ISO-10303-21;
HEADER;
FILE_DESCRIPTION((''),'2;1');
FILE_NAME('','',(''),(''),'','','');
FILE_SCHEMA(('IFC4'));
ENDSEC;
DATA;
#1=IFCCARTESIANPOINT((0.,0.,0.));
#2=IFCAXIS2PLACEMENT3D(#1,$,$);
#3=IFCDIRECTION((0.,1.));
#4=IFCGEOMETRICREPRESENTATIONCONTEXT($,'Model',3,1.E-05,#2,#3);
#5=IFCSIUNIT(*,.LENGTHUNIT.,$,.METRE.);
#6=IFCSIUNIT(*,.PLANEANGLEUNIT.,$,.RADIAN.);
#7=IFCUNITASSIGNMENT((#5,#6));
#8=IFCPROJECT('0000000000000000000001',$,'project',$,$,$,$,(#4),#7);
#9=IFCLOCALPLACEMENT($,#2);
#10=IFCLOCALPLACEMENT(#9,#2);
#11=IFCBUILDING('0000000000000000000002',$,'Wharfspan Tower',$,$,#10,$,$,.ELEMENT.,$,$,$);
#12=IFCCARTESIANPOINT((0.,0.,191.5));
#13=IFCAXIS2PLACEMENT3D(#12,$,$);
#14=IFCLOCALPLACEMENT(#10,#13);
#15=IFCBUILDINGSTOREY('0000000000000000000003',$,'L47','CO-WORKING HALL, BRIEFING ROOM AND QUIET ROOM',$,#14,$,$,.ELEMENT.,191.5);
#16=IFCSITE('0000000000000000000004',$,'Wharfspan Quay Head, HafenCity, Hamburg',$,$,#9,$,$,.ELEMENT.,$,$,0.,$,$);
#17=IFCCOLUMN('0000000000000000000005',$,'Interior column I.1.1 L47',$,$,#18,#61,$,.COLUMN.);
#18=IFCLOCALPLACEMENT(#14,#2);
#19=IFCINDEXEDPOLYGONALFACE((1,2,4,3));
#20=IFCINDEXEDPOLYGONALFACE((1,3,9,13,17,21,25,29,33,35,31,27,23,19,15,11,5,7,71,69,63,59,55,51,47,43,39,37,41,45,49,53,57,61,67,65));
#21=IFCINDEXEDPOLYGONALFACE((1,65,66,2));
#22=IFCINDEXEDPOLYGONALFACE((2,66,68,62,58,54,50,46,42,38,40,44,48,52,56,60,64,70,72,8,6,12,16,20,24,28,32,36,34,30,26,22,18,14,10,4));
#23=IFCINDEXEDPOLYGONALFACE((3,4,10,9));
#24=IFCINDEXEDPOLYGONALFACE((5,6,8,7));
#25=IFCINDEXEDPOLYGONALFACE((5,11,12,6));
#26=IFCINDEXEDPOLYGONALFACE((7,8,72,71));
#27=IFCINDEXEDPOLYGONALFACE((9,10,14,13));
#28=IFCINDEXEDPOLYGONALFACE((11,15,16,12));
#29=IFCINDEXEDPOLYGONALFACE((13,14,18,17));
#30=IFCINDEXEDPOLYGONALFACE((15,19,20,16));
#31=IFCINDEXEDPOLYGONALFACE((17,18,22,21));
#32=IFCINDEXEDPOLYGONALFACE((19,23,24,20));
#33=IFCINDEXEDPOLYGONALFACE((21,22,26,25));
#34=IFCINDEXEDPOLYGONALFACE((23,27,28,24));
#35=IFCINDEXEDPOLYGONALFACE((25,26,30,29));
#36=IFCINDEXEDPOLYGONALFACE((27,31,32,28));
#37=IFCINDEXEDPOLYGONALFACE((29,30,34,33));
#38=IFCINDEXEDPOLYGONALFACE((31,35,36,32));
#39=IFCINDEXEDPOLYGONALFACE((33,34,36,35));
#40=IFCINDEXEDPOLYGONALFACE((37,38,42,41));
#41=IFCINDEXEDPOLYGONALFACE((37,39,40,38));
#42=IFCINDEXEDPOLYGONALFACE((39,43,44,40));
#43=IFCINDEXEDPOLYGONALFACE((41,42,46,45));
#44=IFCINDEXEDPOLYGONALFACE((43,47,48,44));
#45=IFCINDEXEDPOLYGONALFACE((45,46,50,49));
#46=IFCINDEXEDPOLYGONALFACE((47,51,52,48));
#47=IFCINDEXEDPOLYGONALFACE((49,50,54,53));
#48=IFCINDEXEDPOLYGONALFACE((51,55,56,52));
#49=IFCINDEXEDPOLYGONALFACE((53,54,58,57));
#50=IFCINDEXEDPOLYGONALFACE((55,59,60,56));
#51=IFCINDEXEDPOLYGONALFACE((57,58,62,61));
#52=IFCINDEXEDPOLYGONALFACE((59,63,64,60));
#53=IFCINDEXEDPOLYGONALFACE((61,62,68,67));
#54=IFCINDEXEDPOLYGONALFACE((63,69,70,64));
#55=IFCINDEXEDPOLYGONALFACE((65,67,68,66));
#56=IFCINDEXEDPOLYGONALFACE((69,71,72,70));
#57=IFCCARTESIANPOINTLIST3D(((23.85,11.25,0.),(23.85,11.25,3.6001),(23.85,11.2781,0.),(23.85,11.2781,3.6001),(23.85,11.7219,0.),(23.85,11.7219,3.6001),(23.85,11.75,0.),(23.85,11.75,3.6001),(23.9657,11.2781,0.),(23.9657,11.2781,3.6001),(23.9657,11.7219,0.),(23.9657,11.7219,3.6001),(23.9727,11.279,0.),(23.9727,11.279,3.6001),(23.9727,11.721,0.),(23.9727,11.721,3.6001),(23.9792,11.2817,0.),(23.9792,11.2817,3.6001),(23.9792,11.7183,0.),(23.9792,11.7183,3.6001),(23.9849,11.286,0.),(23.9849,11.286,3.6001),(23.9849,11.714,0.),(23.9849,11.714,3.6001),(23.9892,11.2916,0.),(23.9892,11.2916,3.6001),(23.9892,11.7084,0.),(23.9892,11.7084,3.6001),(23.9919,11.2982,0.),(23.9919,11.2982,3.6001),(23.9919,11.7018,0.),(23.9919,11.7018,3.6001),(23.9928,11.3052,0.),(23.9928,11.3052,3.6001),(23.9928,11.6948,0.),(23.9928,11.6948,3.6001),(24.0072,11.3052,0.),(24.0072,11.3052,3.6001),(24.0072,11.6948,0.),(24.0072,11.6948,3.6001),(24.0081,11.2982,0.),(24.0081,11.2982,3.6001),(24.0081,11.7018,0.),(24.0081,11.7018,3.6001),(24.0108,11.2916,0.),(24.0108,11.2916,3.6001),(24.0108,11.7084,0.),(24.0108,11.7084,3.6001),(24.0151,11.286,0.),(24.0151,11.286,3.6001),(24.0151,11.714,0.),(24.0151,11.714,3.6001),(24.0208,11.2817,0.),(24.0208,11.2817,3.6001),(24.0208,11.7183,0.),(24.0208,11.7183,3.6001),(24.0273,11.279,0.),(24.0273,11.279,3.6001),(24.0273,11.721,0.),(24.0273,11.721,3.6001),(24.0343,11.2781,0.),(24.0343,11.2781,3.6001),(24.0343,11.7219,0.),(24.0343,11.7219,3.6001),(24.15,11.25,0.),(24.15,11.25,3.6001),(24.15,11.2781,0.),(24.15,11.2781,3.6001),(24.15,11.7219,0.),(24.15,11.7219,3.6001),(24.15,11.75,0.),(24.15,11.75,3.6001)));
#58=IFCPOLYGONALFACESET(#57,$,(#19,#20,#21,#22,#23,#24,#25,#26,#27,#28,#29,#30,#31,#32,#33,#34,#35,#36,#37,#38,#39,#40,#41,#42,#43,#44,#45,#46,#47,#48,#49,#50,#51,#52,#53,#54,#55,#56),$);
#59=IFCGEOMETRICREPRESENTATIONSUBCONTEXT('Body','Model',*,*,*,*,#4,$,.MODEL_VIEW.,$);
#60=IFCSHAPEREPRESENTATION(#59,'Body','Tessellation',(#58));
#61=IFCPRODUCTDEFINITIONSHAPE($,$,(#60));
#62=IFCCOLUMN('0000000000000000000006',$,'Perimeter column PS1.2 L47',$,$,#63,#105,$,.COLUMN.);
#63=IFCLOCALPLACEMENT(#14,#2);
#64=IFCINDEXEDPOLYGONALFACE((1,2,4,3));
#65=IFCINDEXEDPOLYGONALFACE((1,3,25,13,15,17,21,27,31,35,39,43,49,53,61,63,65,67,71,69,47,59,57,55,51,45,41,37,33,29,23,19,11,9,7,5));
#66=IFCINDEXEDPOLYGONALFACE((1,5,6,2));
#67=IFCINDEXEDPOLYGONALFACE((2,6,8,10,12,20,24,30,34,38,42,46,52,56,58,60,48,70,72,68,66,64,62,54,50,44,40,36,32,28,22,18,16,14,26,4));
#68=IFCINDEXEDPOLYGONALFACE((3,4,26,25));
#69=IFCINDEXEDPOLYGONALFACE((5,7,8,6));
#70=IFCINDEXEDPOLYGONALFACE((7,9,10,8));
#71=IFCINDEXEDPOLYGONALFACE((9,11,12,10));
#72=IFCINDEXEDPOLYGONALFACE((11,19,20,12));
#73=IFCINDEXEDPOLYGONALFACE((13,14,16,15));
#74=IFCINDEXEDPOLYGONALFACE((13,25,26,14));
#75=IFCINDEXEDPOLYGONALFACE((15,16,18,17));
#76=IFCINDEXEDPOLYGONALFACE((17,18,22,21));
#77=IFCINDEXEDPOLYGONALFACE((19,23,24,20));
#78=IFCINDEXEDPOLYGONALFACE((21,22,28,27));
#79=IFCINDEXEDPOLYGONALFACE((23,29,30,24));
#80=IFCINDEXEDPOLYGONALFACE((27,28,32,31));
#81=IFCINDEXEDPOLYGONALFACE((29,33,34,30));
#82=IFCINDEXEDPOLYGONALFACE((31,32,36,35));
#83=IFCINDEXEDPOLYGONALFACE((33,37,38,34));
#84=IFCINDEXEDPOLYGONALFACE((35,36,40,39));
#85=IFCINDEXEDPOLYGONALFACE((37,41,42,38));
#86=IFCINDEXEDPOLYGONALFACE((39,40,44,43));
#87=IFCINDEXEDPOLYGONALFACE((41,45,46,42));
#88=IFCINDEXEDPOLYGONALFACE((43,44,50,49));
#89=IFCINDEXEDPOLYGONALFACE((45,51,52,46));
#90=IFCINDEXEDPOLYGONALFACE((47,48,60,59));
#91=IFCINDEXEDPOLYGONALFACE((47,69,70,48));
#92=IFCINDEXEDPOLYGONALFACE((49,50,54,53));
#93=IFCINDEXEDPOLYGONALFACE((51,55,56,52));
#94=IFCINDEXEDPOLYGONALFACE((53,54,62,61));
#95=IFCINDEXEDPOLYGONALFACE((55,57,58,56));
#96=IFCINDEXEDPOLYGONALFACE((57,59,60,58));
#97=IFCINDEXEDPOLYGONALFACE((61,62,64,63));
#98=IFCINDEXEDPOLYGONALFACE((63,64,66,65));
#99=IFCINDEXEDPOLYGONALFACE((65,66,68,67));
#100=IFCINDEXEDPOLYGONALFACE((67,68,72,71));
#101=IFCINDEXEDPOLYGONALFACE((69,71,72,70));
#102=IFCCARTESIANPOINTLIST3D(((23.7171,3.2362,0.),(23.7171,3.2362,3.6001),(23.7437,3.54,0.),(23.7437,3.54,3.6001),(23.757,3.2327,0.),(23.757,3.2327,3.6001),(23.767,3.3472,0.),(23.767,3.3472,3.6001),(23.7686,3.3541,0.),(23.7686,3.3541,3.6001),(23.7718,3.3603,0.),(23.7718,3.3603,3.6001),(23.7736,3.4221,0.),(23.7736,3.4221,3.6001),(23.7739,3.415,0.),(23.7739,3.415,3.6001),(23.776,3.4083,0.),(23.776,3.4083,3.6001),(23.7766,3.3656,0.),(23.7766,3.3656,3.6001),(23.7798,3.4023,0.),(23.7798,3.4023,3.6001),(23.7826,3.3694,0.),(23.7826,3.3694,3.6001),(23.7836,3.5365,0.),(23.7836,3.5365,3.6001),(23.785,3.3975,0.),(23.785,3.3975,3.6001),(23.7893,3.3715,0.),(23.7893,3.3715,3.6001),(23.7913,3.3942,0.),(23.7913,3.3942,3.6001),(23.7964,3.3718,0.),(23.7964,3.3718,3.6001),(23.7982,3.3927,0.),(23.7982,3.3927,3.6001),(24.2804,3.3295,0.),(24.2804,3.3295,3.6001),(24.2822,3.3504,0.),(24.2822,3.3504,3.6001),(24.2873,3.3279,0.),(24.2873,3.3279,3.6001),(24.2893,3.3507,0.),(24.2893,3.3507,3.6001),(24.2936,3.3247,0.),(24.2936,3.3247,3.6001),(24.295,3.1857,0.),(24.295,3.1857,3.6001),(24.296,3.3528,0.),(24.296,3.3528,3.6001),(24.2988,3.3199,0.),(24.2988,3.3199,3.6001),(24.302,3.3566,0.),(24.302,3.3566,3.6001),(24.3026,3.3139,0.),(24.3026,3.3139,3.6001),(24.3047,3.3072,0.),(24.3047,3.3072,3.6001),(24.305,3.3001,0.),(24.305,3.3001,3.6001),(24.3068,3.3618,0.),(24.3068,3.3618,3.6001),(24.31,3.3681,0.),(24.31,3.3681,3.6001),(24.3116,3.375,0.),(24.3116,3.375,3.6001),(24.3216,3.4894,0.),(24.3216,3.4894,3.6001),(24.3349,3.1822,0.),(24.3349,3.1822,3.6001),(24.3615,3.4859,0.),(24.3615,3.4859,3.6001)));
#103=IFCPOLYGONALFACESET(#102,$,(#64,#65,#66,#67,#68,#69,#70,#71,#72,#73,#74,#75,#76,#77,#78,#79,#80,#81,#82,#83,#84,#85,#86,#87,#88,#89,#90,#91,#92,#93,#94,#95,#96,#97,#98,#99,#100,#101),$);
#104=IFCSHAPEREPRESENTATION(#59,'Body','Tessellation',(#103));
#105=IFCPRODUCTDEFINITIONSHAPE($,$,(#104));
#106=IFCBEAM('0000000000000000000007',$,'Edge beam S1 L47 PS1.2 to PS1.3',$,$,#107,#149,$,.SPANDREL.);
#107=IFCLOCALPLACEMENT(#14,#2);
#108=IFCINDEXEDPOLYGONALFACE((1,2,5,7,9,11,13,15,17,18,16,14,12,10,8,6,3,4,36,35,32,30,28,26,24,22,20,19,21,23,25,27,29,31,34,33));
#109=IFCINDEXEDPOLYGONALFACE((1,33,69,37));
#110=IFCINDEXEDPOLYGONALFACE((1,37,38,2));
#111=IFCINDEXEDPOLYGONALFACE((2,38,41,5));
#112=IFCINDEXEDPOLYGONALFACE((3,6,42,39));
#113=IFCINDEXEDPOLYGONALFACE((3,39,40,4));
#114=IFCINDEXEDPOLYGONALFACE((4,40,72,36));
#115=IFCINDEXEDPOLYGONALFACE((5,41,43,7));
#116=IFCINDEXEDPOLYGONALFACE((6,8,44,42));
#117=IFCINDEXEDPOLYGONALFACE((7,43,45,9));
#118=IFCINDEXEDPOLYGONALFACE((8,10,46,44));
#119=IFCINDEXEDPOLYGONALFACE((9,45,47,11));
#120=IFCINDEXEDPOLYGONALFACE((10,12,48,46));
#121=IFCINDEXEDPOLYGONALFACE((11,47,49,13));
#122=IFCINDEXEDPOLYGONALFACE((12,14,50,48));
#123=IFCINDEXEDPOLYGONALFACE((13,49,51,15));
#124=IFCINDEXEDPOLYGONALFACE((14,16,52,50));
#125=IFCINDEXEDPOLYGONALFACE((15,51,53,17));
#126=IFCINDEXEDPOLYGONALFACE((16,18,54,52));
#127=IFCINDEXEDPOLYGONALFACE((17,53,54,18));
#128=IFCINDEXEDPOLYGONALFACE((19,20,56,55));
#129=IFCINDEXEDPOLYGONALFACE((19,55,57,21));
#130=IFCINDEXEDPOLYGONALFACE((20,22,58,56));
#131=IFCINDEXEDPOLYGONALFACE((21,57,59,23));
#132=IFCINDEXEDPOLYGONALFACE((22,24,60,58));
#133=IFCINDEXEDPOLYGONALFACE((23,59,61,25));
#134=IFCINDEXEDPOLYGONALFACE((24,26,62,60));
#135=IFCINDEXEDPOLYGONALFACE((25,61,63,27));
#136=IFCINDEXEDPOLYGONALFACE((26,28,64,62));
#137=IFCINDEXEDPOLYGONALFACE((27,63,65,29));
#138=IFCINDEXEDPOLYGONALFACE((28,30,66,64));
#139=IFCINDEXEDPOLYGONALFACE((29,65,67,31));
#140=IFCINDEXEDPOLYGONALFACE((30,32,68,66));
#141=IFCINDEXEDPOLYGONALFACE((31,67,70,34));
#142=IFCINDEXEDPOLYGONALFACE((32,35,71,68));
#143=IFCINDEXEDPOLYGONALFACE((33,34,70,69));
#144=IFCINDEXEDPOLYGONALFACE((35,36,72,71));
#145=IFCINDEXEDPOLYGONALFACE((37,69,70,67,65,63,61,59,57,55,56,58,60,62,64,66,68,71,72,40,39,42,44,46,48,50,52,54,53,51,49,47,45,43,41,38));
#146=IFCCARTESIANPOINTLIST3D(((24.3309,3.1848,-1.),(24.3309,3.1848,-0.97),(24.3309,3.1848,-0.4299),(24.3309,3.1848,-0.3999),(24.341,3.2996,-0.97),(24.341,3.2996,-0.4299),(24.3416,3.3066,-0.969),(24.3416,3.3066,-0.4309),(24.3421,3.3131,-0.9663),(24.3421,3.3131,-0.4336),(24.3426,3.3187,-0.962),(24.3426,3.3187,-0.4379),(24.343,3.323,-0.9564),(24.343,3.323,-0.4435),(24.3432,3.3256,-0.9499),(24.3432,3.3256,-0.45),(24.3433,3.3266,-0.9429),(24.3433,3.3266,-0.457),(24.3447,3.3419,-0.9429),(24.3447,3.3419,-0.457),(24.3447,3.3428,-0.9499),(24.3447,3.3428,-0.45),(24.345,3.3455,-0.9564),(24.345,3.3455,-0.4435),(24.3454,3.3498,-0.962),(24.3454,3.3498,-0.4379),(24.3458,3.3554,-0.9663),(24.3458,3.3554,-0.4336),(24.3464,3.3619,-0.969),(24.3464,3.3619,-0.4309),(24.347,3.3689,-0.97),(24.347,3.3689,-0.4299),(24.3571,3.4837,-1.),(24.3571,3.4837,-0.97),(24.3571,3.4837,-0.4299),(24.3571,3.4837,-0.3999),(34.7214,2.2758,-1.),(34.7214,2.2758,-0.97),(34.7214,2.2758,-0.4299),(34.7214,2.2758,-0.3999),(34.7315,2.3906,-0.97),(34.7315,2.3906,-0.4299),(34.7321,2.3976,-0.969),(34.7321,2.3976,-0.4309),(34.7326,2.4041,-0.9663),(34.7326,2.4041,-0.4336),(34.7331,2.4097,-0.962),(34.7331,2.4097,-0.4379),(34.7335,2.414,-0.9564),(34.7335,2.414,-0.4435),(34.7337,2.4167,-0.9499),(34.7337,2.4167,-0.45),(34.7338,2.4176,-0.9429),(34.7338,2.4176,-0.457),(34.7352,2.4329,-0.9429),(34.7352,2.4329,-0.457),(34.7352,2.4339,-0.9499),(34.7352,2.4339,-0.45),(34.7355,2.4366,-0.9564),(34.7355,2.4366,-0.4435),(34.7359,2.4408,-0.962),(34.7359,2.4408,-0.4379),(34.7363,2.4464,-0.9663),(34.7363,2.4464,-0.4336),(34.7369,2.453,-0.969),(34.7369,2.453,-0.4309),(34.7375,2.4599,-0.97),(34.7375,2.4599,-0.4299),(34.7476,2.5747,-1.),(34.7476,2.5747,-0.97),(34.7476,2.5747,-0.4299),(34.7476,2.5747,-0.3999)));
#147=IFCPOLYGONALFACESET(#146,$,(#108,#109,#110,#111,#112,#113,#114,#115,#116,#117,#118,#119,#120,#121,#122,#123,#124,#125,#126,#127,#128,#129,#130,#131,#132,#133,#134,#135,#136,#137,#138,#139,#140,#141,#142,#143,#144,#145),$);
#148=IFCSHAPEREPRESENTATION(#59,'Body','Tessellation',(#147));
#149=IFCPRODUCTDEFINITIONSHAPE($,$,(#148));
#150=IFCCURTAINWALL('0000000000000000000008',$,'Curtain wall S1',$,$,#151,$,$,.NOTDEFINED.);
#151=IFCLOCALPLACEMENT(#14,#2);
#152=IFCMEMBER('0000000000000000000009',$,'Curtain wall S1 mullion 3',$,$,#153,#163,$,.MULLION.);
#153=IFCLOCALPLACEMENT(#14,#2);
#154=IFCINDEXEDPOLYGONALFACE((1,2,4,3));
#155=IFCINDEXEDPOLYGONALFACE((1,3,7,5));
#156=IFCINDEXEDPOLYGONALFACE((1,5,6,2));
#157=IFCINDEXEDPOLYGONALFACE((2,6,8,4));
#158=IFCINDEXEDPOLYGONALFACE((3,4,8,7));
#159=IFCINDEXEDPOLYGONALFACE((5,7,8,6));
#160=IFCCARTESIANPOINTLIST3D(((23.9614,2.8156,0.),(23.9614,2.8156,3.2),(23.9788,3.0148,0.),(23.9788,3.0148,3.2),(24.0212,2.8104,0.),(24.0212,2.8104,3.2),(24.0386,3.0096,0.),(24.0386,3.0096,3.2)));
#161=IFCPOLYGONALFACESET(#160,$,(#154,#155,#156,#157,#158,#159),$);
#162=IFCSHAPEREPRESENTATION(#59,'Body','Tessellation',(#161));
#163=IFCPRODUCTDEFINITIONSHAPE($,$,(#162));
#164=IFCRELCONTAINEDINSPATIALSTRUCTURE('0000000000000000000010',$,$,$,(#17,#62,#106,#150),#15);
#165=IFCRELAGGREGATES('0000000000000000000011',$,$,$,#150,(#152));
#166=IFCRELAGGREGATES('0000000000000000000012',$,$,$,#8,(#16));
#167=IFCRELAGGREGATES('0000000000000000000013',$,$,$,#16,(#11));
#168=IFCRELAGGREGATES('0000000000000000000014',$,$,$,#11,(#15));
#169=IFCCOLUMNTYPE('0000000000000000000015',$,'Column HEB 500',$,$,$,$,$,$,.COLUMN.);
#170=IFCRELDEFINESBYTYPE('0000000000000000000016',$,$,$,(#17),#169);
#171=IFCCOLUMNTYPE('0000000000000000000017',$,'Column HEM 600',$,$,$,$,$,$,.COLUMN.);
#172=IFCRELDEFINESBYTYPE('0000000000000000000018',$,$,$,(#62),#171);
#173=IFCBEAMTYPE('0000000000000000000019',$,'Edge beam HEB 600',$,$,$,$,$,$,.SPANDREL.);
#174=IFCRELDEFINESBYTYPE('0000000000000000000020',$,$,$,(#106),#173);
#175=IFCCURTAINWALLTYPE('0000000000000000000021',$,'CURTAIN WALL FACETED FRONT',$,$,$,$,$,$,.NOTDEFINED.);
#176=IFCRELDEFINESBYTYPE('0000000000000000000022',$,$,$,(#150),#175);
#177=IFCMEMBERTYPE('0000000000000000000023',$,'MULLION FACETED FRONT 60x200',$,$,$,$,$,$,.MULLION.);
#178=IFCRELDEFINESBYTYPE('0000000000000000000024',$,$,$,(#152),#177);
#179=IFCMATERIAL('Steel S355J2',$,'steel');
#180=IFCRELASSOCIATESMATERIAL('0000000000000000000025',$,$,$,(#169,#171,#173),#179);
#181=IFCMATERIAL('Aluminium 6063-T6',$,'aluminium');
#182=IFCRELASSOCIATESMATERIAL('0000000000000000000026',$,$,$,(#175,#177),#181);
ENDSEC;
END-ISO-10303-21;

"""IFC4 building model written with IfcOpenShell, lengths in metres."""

from ifc_helpers import new_model, si_unit, direction, frame, origin, origin_2d, place, context, subcontext, project, spatial, rectangle, i_section, extrude, material, material_profile, profile_set, type_object, element, aggregate, save


model = new_model("IFC4")

# Units and contexts
model_context = context("Model", 3, precision=1e-05, world=origin(), true_north=direction((0.0, 1.0)))
body_context = subcontext(model_context, "Body", "Model", "MODEL_VIEW")
ifc_project = project(units=[si_unit("LENGTHUNIT", "METRE"), si_unit("PLANEANGLEUNIT", "RADIAN")], contexts=[model_context])

# Site, building, storey
site_placement = place(None, origin())
site = spatial("IfcSite", under=ifc_project, at=site_placement, Name="Wharfspan Quay Head, HafenCity, Hamburg", CompositionType="ELEMENT", RefElevation=0.0)
building_placement = place(site_placement, origin())
building = spatial("IfcBuilding", under=site, at=building_placement, Name="Wharfspan Tower", CompositionType="ELEMENT")
storey_placement = place(building_placement, frame((0.0, 0.0, 191.5)))
storey = spatial("IfcBuildingStorey", under=building, at=storey_placement, Name="L47", Description="CO-WORKING HALL, BRIEFING ROOM AND QUIET ROOM", CompositionType="ELEMENT", Elevation=191.5)

# Columns
ifc_material_1 = material(Name="Steel S355J2", Category="steel")
ifc_material_profile_1 = material_profile(ifc_material_1, i_section(OverallWidth=0.3, OverallDepth=0.5, WebThickness=0.0144, FlangeThickness=0.0281, FilletRadius=0.0271, at=origin_2d()))
ifc_profile_set_1 = profile_set([ifc_material_profile_1], Name="Steel S355J2")
column_type_1 = type_object("IfcColumnType", Name="Column HEB 500", PredefinedType="COLUMN", material=ifc_profile_set_1)
column_1_placement = place(storey_placement, frame((24.0, 11.5, 0.0), z_axis=(0.0, 0.0, 1.0), x_axis=(1.0, 0.0, 0.0)))
element("IfcColumn", 1, at=column_1_placement, inside=storey, type_object=column_type_1, Name="Interior column I.1.1 L47", PredefinedType="COLUMN", context=body_context, shape_type="SweptSolid", body=[
    extrude(i_section(OverallWidth=0.3, OverallDepth=0.5, WebThickness=0.0144, FlangeThickness=0.0281, FilletRadius=0.0271, at=origin_2d()), origin(), (0.0, 0.0, 1.0), 3.6001),
])
ifc_material_profile_2 = material_profile(ifc_material_1, i_section(OverallWidth=0.3049, OverallDepth=0.6201, WebThickness=0.021, FlangeThickness=0.04, FilletRadius=0.0271, at=origin_2d()))
ifc_profile_set_2 = profile_set([ifc_material_profile_2], Name="Steel S355J2")
column_type_2 = type_object("IfcColumnType", Name="Column HEM 600", PredefinedType="COLUMN", material=ifc_profile_set_2)
column_2_placement = place(storey_placement, frame((24.0393, 3.3611, 0.0), z_axis=(0.0, 0.0, 1.0), x_axis=(-0.087156, -0.996198, 0.0)))
element("IfcColumn", 2, at=column_2_placement, inside=storey, type_object=column_type_2, Name="Perimeter column PS1.2 L47", PredefinedType="COLUMN", context=body_context, shape_type="SweptSolid", body=[
    extrude(i_section(OverallWidth=0.3049, OverallDepth=0.6201, WebThickness=0.021, FlangeThickness=0.04, FilletRadius=0.0271, at=origin_2d()), origin(), (0.0, 0.0, 1.0), 3.6001),
])

# Beam
ifc_material_profile_3 = material_profile(ifc_material_1, i_section(OverallWidth=0.3, OverallDepth=0.6001, WebThickness=0.0154, FlangeThickness=0.03, FilletRadius=0.0271, at=origin_2d()))
ifc_profile_set_3 = profile_set([ifc_material_profile_3], Name="Steel S355J2")
beam_type = type_object("IfcBeamType", Name="Edge beam HEB 600", PredefinedType="SPANDREL", material=ifc_profile_set_3)
beam_placement = place(storey_placement, frame((24.344, 3.3342, -0.7), z_axis=(0.996196, -0.087146, 0.0), x_axis=(0.087146, 0.996196, 0.0)))
element("IfcBeam", 3, at=beam_placement, inside=storey, type_object=beam_type, Name="Edge beam S1 L47 PS1.2 to PS1.3", PredefinedType="SPANDREL", context=body_context, shape_type="SweptSolid", body=[
    extrude(i_section(OverallWidth=0.3, OverallDepth=0.6001, WebThickness=0.0154, FlangeThickness=0.03, FilletRadius=0.0271, at=origin_2d()), origin(), (0.0, 0.0, 1.0), 10.4302),
])

# Curtain wall, member
ifc_material_2 = material(Name="Aluminium 6063-T6", Category="aluminium")
curtain_wall_type = type_object("IfcCurtainWallType", Name="CURTAIN WALL FACETED FRONT", PredefinedType="NOTDEFINED", material=ifc_material_2)
curtain_wall_placement = place(storey_placement, origin())
curtain_wall = element("IfcCurtainWall", 4, at=curtain_wall_placement, inside=storey, type_object=curtain_wall_type, Name="Curtain wall S1", PredefinedType="NOTDEFINED")
ifc_material_profile_4 = material_profile(ifc_material_2, rectangle(XDim=0.2, YDim=0.0601, at=origin_2d()))
ifc_profile_set_4 = profile_set([ifc_material_profile_4], Name="Aluminium 6063-T6")
member_type_1 = type_object("IfcMemberType", Name="MULLION FACETED FRONT 60x200", PredefinedType="MULLION", material=ifc_profile_set_4)
member_1_placement = place(storey_placement, frame((24.0, 2.9126, 0.0), z_axis=(0.0, 0.0, 1.0), x_axis=(0.087156, 0.996198, 0.0)))
member_1 = element("IfcMember", 5, at=member_1_placement, type_object=member_type_1, Name="Curtain wall S1 mullion 3", PredefinedType="MULLION", context=body_context, shape_type="SweptSolid", body=[
    extrude(rectangle(XDim=0.2, YDim=0.0601, at=origin_2d()), origin(), (0.0, 0.0, 1.0), 3.2),
])

aggregate(curtain_wall, [member_1])

save(model, "model.ifc")
